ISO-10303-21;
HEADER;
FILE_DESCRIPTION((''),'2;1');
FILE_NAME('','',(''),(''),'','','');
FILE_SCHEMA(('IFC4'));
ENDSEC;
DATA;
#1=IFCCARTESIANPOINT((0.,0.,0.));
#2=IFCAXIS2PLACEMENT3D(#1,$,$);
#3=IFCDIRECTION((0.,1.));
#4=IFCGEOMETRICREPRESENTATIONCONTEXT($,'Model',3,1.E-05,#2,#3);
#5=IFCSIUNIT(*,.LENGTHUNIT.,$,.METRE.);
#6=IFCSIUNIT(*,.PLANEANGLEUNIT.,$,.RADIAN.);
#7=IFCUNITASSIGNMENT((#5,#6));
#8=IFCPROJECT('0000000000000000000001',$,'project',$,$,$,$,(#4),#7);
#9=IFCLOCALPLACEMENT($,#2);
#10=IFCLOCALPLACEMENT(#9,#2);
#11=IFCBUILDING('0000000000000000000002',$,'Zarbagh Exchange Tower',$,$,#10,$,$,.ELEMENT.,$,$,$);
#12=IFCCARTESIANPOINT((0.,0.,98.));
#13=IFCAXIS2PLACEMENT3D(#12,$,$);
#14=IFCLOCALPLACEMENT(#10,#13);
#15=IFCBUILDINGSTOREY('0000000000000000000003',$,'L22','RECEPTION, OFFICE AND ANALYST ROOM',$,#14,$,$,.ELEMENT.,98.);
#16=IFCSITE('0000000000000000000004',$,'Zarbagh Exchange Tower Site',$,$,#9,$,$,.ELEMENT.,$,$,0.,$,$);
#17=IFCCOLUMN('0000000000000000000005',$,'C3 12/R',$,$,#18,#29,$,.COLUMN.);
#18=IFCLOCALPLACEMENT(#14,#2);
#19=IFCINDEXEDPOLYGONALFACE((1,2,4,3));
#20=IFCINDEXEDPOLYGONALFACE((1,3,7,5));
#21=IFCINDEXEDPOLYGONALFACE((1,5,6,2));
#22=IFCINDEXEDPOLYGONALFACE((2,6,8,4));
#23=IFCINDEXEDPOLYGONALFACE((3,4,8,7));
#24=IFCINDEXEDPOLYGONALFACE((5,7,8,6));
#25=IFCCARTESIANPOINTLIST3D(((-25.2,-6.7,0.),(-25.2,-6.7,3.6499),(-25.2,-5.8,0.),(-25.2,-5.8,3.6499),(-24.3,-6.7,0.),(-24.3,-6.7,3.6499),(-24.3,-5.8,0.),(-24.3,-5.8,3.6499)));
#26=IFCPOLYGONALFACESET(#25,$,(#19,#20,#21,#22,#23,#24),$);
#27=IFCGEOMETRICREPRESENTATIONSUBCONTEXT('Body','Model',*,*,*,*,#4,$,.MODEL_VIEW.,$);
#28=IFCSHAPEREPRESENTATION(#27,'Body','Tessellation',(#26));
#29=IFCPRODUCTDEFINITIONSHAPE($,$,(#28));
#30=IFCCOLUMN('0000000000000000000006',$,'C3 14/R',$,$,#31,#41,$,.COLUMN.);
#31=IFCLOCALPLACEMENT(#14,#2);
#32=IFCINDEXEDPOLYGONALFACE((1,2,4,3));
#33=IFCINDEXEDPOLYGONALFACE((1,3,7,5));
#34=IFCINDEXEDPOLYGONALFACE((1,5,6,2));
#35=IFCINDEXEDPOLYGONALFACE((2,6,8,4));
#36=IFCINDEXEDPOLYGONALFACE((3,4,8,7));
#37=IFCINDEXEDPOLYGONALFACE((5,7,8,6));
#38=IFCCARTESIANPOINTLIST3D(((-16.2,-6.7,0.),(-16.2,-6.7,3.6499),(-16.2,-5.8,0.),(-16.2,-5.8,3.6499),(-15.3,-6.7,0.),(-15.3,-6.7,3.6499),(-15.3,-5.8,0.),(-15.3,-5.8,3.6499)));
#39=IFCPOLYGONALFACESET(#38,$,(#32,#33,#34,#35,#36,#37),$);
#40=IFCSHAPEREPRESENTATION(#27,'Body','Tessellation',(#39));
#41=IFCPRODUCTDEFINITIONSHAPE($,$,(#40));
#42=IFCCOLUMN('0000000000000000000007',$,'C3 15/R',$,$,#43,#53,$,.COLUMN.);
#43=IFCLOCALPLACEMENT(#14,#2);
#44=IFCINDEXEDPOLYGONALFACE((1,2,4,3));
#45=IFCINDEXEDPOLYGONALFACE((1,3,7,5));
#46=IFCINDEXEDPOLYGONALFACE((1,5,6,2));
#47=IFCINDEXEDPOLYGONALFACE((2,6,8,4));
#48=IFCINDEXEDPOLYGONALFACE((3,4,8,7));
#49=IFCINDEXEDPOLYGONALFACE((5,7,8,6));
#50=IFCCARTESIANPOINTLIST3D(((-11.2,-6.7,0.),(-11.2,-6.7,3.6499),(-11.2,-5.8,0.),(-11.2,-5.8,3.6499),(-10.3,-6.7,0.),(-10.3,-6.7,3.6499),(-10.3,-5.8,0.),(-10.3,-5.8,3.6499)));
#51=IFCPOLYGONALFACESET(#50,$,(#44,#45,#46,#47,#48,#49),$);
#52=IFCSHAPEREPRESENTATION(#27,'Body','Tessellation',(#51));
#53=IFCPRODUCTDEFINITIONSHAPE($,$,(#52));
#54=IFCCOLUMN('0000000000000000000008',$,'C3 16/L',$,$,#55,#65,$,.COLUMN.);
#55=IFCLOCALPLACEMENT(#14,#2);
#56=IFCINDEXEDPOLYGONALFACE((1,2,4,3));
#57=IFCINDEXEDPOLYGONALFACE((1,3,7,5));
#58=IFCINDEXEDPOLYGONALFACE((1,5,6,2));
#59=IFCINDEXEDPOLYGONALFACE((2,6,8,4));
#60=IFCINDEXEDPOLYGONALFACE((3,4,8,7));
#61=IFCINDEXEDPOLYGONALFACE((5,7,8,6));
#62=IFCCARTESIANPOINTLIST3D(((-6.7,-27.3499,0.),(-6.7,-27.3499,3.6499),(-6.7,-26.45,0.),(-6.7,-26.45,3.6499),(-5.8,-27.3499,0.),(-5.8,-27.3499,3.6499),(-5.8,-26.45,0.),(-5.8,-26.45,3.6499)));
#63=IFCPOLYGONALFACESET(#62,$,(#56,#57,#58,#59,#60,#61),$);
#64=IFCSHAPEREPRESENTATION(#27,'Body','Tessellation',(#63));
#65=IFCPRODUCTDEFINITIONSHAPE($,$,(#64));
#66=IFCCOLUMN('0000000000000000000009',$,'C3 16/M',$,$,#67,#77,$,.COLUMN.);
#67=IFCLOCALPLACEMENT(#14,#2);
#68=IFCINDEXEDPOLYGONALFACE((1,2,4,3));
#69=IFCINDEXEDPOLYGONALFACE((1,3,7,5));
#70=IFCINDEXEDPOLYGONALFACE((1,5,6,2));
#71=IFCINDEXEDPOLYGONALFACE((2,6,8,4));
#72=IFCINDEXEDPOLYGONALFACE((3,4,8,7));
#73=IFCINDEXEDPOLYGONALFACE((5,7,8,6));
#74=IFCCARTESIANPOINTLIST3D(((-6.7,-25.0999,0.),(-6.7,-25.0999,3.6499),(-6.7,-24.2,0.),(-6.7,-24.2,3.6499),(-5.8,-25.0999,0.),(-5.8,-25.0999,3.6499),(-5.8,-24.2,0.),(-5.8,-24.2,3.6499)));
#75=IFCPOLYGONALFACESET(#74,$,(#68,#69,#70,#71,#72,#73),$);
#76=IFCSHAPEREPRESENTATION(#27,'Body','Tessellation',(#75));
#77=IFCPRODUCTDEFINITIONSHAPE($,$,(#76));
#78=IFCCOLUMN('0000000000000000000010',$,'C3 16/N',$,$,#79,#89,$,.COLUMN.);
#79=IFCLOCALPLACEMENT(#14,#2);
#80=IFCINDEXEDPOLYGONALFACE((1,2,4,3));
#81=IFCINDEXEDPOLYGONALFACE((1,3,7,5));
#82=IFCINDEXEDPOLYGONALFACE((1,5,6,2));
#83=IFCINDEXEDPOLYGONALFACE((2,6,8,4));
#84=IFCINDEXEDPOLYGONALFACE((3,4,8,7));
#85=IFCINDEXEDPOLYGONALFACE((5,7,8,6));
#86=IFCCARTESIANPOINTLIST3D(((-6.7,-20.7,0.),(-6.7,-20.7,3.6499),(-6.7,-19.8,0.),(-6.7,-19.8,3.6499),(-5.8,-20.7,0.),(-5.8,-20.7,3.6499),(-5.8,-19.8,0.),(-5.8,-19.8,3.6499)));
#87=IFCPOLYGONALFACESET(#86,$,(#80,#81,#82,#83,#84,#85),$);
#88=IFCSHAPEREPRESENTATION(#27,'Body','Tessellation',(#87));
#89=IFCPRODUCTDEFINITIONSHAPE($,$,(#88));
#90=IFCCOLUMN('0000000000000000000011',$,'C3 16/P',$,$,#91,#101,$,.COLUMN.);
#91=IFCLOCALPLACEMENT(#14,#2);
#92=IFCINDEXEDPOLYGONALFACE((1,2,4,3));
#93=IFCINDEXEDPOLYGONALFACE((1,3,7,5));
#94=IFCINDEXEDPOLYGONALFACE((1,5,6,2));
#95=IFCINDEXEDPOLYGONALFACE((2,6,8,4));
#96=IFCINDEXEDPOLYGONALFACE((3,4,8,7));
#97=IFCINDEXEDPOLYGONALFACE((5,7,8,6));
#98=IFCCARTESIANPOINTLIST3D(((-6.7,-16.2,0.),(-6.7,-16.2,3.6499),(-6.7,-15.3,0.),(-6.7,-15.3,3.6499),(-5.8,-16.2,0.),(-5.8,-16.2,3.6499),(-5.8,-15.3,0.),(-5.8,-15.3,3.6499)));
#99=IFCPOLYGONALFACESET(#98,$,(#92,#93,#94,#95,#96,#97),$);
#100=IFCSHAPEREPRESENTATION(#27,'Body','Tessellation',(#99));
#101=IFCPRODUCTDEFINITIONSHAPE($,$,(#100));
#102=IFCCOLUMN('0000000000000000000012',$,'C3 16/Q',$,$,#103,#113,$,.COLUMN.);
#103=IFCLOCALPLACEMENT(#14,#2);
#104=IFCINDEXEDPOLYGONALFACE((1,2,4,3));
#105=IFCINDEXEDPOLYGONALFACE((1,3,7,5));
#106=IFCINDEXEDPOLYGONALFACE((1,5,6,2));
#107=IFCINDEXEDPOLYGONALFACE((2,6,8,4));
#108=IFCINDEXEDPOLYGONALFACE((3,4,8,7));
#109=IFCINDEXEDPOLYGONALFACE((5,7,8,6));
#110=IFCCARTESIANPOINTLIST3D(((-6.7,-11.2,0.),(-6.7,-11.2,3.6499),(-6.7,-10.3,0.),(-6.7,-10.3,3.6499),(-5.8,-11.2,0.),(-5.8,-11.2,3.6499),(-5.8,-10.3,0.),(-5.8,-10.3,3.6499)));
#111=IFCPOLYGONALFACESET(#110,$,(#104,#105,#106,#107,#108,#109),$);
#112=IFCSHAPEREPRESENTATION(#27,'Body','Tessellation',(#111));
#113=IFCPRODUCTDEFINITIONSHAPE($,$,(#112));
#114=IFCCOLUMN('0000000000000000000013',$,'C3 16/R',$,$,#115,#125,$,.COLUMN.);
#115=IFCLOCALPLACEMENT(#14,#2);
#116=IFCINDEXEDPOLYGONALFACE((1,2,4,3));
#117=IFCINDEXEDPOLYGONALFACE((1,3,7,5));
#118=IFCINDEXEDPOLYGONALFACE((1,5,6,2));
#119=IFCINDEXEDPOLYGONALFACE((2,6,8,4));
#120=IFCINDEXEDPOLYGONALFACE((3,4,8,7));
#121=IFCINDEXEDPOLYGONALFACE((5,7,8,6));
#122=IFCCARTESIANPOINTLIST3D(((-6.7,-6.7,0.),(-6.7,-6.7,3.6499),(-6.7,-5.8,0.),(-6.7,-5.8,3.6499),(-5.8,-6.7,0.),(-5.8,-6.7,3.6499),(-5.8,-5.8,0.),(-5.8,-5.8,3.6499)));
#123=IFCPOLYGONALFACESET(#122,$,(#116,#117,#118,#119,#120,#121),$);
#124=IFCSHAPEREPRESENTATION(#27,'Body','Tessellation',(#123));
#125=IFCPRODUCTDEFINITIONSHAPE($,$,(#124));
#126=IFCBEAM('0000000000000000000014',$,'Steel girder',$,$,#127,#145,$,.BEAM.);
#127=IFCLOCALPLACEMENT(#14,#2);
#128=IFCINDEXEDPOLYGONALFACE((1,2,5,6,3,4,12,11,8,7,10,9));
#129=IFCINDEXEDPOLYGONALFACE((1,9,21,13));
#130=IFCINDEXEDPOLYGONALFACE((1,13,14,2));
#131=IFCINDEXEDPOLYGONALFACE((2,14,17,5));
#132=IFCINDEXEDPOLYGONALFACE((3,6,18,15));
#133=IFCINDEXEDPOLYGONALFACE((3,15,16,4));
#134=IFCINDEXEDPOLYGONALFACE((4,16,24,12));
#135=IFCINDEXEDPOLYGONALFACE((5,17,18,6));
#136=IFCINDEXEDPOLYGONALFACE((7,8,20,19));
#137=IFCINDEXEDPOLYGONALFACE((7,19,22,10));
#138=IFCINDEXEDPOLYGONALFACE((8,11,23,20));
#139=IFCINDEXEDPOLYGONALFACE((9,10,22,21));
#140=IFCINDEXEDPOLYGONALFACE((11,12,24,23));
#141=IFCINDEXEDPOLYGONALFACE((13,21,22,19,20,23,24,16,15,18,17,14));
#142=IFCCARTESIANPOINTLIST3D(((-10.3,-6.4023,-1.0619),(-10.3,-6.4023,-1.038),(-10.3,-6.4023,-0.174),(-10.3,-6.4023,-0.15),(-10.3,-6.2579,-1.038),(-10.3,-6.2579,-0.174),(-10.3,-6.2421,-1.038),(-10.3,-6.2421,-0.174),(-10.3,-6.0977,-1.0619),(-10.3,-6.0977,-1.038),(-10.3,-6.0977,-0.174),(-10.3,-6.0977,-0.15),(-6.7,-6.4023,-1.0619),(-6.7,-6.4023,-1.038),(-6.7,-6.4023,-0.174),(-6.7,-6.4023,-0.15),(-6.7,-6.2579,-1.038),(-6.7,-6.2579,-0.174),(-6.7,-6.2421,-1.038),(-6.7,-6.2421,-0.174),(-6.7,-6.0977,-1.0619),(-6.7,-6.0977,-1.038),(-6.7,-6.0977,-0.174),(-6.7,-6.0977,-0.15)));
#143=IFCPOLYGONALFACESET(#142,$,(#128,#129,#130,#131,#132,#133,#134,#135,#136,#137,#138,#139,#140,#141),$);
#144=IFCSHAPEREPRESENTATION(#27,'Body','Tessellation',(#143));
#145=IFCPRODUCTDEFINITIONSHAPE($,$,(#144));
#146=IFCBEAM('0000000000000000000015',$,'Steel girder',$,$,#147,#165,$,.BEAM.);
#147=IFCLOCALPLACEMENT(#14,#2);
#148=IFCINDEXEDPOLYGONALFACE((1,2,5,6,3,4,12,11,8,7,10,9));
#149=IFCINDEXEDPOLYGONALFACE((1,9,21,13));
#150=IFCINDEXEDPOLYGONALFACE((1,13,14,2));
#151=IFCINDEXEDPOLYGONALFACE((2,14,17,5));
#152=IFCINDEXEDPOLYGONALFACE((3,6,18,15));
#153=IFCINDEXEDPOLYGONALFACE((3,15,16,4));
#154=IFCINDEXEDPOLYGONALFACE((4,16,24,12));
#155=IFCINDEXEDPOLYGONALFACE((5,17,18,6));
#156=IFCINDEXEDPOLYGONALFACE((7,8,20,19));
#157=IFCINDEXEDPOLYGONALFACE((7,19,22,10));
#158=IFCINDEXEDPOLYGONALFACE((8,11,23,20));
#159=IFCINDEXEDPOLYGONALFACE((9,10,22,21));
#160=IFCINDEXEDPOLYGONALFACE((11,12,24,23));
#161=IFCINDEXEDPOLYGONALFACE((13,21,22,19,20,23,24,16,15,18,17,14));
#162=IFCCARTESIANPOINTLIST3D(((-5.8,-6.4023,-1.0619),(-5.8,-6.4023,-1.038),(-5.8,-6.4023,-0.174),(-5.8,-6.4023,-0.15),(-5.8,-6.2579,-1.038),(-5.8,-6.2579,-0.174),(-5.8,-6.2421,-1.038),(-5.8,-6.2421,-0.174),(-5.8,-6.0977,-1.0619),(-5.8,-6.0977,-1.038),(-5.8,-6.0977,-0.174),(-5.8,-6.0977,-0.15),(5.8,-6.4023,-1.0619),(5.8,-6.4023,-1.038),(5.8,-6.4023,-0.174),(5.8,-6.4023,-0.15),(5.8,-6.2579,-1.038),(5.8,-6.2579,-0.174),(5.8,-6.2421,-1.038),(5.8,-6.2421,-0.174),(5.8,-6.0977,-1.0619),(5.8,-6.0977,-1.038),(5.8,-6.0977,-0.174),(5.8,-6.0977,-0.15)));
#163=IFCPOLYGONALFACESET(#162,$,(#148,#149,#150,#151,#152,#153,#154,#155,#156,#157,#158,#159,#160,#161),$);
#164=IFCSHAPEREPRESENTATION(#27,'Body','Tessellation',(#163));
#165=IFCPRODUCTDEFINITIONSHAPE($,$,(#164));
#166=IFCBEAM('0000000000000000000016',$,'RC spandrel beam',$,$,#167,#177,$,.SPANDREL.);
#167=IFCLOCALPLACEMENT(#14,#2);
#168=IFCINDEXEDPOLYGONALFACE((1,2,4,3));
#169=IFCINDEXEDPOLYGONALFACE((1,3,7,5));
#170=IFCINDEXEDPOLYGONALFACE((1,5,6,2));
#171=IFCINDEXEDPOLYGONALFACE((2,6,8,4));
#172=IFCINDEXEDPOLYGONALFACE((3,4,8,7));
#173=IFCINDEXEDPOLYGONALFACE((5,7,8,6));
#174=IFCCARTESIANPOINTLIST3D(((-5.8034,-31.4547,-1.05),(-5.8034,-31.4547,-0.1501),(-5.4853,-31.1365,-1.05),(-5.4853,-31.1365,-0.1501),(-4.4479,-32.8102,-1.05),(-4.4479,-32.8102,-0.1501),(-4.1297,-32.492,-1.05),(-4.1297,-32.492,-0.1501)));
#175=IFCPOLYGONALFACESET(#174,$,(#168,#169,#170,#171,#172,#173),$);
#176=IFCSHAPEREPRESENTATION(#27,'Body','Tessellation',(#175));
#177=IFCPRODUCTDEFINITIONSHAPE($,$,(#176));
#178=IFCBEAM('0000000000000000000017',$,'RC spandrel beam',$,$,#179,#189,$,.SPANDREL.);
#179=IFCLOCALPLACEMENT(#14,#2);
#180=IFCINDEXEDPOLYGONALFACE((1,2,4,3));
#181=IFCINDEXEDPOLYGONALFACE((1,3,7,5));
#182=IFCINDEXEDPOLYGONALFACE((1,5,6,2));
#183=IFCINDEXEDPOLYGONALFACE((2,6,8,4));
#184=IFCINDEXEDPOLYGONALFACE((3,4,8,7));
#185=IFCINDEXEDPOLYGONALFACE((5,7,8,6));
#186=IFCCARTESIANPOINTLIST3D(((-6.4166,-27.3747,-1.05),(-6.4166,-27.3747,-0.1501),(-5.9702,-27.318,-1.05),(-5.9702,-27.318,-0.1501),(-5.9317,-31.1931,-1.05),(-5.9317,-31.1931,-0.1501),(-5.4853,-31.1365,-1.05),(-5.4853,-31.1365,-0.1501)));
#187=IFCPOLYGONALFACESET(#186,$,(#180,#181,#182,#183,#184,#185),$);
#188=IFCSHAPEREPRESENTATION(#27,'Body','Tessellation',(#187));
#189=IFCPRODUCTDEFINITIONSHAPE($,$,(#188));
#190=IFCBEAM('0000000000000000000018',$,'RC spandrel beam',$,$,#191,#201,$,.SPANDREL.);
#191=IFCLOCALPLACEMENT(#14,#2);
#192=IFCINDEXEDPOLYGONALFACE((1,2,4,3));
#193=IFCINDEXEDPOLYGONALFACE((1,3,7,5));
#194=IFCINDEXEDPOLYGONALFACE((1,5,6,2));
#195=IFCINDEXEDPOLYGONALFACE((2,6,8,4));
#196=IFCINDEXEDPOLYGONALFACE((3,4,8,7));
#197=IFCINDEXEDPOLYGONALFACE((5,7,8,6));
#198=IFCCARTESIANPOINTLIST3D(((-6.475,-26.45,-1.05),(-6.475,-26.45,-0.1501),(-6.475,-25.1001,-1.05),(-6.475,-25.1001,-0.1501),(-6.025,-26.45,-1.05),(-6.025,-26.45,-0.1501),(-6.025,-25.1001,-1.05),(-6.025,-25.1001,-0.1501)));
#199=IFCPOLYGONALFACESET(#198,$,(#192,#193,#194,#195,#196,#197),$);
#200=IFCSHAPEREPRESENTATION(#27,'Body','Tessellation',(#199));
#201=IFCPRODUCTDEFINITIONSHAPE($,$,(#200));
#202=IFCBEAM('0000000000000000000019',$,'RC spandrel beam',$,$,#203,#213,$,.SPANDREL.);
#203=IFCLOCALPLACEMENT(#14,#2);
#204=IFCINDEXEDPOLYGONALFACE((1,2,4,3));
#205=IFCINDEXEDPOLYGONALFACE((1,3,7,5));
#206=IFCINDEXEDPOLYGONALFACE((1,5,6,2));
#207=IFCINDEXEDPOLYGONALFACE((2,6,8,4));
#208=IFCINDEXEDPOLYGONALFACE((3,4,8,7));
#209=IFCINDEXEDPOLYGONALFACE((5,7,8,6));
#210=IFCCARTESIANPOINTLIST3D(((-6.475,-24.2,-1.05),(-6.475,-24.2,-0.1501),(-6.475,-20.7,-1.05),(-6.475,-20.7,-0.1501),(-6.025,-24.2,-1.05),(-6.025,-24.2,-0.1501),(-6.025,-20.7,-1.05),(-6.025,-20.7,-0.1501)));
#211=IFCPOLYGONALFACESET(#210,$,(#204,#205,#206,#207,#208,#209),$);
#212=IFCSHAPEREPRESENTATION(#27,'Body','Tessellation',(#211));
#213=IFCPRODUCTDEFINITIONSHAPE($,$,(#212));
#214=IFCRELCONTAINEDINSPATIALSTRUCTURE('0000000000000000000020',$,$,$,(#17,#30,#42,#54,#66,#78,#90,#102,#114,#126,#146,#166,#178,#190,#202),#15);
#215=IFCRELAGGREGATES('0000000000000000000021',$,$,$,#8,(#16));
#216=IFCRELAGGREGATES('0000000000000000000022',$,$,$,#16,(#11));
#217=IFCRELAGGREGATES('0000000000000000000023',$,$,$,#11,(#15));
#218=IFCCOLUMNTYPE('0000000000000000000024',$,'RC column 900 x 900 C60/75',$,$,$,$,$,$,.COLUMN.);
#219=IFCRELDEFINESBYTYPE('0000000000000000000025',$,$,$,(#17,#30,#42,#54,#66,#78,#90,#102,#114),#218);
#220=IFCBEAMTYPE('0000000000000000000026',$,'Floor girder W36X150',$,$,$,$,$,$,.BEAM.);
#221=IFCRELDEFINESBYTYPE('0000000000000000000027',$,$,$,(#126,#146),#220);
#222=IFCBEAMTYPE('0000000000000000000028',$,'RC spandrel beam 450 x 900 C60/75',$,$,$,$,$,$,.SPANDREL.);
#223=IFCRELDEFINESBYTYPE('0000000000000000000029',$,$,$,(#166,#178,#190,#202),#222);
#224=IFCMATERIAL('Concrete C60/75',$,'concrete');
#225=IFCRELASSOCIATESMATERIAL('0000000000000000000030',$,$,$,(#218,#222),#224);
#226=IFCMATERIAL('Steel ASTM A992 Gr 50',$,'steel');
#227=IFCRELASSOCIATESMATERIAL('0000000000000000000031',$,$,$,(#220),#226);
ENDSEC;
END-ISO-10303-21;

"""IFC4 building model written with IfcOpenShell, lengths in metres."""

from ifc_helpers import new_model, si_unit, direction, frame, origin, origin_2d, place, context, subcontext, project, spatial, rectangle, i_section, extrude, material, material_profile, profile_set, type_object, element, save


model = new_model("IFC4")

# Units and contexts
model_context = context("Model", 3, precision=1e-05, world=origin(), true_north=direction((0.0, 1.0)))
body_context = subcontext(model_context, "Body", "Model", "MODEL_VIEW")
ifc_project = project(units=[si_unit("LENGTHUNIT", "METRE"), si_unit("PLANEANGLEUNIT", "RADIAN")], contexts=[model_context])

# Site, building, storey
site_placement = place(None, origin())
site = spatial("IfcSite", under=ifc_project, at=site_placement, Name="Zarbagh Exchange Tower Site", CompositionType="ELEMENT", RefElevation=0.0)
building_placement = place(site_placement, origin())
building = spatial("IfcBuilding", under=site, at=building_placement, Name="Zarbagh Exchange Tower", CompositionType="ELEMENT")
storey_placement = place(building_placement, frame((0.0, 0.0, 98.0)))
storey = spatial("IfcBuildingStorey", under=building, at=storey_placement, Name="L22", Description="RECEPTION, OFFICE AND ANALYST ROOM", CompositionType="ELEMENT", Elevation=98.0)

# Columns
ifc_material_1 = material(Name="Concrete C60/75", Category="concrete")
ifc_material_profile_1 = material_profile(ifc_material_1, rectangle(XDim=0.8999, YDim=0.8999, at=origin_2d()), Name="RC column 900 x 900 C60/75")
ifc_profile_set_1 = profile_set([ifc_material_profile_1], Name="Concrete C60/75")
column_type = type_object("IfcColumnType", Name="RC column 900 x 900 C60/75", PredefinedType="COLUMN", material=ifc_profile_set_1)
for number, where, z_axis, x_axis, name in (
    (1, (-24.75, -6.25, 0.0), (0.0, 0.0, 1.0), (1.0, 0.0, 0.0), "C3 12/R"),
    (2, (-15.75, -6.25, 0.0), (0.0, 0.0, 1.0), (1.0, 0.0, 0.0), "C3 14/R"),
    (3, (-10.75, -6.25, 0.0), (0.0, 0.0, 1.0), (1.0, 0.0, 0.0), "C3 15/R"),
    (4, (-6.25, -26.8999, 0.0), (0.0, 0.0, 1.0), (1.0, 0.0, 0.0), "C3 16/L"),
    (5, (-6.25, -24.6499, 0.0), (0.0, 0.0, 1.0), (1.0, 0.0, 0.0), "C3 16/M"),
    (6, (-6.25, -20.25, 0.0), (0.0, 0.0, 1.0), (1.0, 0.0, 0.0), "C3 16/N"),
    (7, (-6.25, -15.75, 0.0), (0.0, 0.0, 1.0), (1.0, 0.0, 0.0), "C3 16/P"),
    (8, (-6.25, -10.75, 0.0), (0.0, 0.0, 1.0), (1.0, 0.0, 0.0), "C3 16/Q"),
    (9, (-6.25, -6.25, 0.0), (0.0, 0.0, 1.0), (1.0, 0.0, 0.0), "C3 16/R"),
):
    element("IfcColumn", number, at=place(storey_placement, frame(where, z_axis=z_axis, x_axis=x_axis)), inside=storey, type_object=column_type, Name=name, PredefinedType="COLUMN", context=body_context, shape_type="SweptSolid", body=[
        extrude(rectangle(XDim=0.8999, YDim=0.8999, at=origin_2d()), origin(), (0.0, 0.0, 1.0), 3.6499),
    ])

# Beams
ifc_material_2 = material(Name="Steel ASTM A992 Gr 50", Category="steel")
ifc_material_profile_2 = material_profile(ifc_material_2, i_section(OverallWidth=0.3047, OverallDepth=0.9119, WebThickness=0.0159, FlangeThickness=0.0239, at=origin_2d()), Name="W36X150")
ifc_profile_set_2 = profile_set([ifc_material_profile_2], Name="Steel ASTM A992 Gr 50")
beam_type_1 = type_object("IfcBeamType", Name="Floor girder W36X150", PredefinedType="BEAM", material=ifc_profile_set_2)
beam_1_placement = place(storey_placement, frame((-10.3, -6.25, -0.606), z_axis=(1.0, 0.0, 0.0), x_axis=(0.0, 1.0, 0.0)))
element("IfcBeam", 10, at=beam_1_placement, inside=storey, type_object=beam_type_1, Name="Steel girder", PredefinedType="BEAM", context=body_context, shape_type="SweptSolid", body=[
    extrude(i_section(OverallWidth=0.3047, OverallDepth=0.9119, WebThickness=0.0159, FlangeThickness=0.0239, at=origin_2d()), origin(), (0.0, 0.0, 1.0), 3.6001),
])
beam_2_placement = place(storey_placement, frame((-5.8, -6.25, -0.606), z_axis=(1.0, 0.0, 0.0), x_axis=(0.0, 1.0, 0.0)))
element("IfcBeam", 11, at=beam_2_placement, inside=storey, type_object=beam_type_1, Name="Steel girder", PredefinedType="BEAM", context=body_context, shape_type="SweptSolid", body=[
    extrude(i_section(OverallWidth=0.3047, OverallDepth=0.9119, WebThickness=0.0159, FlangeThickness=0.0239, at=origin_2d()), origin(), (0.0, 0.0, 1.0), 11.6001),
])
ifc_material_profile_3 = material_profile(ifc_material_1, rectangle(XDim=0.45, YDim=0.8999, at=origin_2d()), Name="RC spandrel beam 450 x 900 C60/75")
ifc_profile_set_3 = profile_set([ifc_material_profile_3], Name="Concrete C60/75")
beam_type_2 = type_object("IfcBeamType", Name="RC spandrel beam 450 x 900 C60/75", PredefinedType="SPANDREL", material=ifc_profile_set_3)
beam_3_placement = place(storey_placement, frame((-4.2888, -32.6511, -0.6001), z_axis=(-0.707107, 0.707107, 0.0), x_axis=(-0.707107, -0.707107, 0.0)))
element("IfcBeam", 12, at=beam_3_placement, inside=storey, type_object=beam_type_2, Name="RC spandrel beam", PredefinedType="SPANDREL", context=body_context, shape_type="SweptSolid", body=[
    extrude(rectangle(XDim=0.45, YDim=0.8999, at=origin_2d()), origin(), (0.0, 0.0, 1.0), 1.917),
])
beam_4_placement = place(storey_placement, frame((-5.7085, -31.1648, -0.6001), z_axis=(-0.125971, 0.992034, 0.0), x_axis=(-0.992034, -0.125971, 0.0)))
element("IfcBeam", 13, at=beam_4_placement, inside=storey, type_object=beam_type_2, Name="RC spandrel beam", PredefinedType="SPANDREL", context=body_context, shape_type="SweptSolid", body=[
    extrude(rectangle(XDim=0.45, YDim=0.8999, at=origin_2d()), origin(), (0.0, 0.0, 1.0), 3.8491),
])
beam_5_placement = place(storey_placement, frame((-6.25, -26.45, -0.6001), z_axis=(0.0, 1.0, 0.0), x_axis=(-1.0, 0.0, 0.0)))
element("IfcBeam", 14, at=beam_5_placement, inside=storey, type_object=beam_type_2, Name="RC spandrel beam", PredefinedType="SPANDREL", context=body_context, shape_type="SweptSolid", body=[
    extrude(rectangle(XDim=0.45, YDim=0.8999, at=origin_2d()), origin(), (0.0, 0.0, 1.0), 1.3499),
])
beam_6_placement = place(storey_placement, frame((-6.25, -24.2, -0.6001), z_axis=(0.0, 1.0, 0.0), x_axis=(-1.0, 0.0, 0.0)))
element("IfcBeam", 15, at=beam_6_placement, inside=storey, type_object=beam_type_2, Name="RC spandrel beam", PredefinedType="SPANDREL", context=body_context, shape_type="SweptSolid", body=[
    extrude(rectangle(XDim=0.45, YDim=0.8999, at=origin_2d()), origin(), (0.0, 0.0, 1.0), 3.5),
])

save(model, "model.ifc")
